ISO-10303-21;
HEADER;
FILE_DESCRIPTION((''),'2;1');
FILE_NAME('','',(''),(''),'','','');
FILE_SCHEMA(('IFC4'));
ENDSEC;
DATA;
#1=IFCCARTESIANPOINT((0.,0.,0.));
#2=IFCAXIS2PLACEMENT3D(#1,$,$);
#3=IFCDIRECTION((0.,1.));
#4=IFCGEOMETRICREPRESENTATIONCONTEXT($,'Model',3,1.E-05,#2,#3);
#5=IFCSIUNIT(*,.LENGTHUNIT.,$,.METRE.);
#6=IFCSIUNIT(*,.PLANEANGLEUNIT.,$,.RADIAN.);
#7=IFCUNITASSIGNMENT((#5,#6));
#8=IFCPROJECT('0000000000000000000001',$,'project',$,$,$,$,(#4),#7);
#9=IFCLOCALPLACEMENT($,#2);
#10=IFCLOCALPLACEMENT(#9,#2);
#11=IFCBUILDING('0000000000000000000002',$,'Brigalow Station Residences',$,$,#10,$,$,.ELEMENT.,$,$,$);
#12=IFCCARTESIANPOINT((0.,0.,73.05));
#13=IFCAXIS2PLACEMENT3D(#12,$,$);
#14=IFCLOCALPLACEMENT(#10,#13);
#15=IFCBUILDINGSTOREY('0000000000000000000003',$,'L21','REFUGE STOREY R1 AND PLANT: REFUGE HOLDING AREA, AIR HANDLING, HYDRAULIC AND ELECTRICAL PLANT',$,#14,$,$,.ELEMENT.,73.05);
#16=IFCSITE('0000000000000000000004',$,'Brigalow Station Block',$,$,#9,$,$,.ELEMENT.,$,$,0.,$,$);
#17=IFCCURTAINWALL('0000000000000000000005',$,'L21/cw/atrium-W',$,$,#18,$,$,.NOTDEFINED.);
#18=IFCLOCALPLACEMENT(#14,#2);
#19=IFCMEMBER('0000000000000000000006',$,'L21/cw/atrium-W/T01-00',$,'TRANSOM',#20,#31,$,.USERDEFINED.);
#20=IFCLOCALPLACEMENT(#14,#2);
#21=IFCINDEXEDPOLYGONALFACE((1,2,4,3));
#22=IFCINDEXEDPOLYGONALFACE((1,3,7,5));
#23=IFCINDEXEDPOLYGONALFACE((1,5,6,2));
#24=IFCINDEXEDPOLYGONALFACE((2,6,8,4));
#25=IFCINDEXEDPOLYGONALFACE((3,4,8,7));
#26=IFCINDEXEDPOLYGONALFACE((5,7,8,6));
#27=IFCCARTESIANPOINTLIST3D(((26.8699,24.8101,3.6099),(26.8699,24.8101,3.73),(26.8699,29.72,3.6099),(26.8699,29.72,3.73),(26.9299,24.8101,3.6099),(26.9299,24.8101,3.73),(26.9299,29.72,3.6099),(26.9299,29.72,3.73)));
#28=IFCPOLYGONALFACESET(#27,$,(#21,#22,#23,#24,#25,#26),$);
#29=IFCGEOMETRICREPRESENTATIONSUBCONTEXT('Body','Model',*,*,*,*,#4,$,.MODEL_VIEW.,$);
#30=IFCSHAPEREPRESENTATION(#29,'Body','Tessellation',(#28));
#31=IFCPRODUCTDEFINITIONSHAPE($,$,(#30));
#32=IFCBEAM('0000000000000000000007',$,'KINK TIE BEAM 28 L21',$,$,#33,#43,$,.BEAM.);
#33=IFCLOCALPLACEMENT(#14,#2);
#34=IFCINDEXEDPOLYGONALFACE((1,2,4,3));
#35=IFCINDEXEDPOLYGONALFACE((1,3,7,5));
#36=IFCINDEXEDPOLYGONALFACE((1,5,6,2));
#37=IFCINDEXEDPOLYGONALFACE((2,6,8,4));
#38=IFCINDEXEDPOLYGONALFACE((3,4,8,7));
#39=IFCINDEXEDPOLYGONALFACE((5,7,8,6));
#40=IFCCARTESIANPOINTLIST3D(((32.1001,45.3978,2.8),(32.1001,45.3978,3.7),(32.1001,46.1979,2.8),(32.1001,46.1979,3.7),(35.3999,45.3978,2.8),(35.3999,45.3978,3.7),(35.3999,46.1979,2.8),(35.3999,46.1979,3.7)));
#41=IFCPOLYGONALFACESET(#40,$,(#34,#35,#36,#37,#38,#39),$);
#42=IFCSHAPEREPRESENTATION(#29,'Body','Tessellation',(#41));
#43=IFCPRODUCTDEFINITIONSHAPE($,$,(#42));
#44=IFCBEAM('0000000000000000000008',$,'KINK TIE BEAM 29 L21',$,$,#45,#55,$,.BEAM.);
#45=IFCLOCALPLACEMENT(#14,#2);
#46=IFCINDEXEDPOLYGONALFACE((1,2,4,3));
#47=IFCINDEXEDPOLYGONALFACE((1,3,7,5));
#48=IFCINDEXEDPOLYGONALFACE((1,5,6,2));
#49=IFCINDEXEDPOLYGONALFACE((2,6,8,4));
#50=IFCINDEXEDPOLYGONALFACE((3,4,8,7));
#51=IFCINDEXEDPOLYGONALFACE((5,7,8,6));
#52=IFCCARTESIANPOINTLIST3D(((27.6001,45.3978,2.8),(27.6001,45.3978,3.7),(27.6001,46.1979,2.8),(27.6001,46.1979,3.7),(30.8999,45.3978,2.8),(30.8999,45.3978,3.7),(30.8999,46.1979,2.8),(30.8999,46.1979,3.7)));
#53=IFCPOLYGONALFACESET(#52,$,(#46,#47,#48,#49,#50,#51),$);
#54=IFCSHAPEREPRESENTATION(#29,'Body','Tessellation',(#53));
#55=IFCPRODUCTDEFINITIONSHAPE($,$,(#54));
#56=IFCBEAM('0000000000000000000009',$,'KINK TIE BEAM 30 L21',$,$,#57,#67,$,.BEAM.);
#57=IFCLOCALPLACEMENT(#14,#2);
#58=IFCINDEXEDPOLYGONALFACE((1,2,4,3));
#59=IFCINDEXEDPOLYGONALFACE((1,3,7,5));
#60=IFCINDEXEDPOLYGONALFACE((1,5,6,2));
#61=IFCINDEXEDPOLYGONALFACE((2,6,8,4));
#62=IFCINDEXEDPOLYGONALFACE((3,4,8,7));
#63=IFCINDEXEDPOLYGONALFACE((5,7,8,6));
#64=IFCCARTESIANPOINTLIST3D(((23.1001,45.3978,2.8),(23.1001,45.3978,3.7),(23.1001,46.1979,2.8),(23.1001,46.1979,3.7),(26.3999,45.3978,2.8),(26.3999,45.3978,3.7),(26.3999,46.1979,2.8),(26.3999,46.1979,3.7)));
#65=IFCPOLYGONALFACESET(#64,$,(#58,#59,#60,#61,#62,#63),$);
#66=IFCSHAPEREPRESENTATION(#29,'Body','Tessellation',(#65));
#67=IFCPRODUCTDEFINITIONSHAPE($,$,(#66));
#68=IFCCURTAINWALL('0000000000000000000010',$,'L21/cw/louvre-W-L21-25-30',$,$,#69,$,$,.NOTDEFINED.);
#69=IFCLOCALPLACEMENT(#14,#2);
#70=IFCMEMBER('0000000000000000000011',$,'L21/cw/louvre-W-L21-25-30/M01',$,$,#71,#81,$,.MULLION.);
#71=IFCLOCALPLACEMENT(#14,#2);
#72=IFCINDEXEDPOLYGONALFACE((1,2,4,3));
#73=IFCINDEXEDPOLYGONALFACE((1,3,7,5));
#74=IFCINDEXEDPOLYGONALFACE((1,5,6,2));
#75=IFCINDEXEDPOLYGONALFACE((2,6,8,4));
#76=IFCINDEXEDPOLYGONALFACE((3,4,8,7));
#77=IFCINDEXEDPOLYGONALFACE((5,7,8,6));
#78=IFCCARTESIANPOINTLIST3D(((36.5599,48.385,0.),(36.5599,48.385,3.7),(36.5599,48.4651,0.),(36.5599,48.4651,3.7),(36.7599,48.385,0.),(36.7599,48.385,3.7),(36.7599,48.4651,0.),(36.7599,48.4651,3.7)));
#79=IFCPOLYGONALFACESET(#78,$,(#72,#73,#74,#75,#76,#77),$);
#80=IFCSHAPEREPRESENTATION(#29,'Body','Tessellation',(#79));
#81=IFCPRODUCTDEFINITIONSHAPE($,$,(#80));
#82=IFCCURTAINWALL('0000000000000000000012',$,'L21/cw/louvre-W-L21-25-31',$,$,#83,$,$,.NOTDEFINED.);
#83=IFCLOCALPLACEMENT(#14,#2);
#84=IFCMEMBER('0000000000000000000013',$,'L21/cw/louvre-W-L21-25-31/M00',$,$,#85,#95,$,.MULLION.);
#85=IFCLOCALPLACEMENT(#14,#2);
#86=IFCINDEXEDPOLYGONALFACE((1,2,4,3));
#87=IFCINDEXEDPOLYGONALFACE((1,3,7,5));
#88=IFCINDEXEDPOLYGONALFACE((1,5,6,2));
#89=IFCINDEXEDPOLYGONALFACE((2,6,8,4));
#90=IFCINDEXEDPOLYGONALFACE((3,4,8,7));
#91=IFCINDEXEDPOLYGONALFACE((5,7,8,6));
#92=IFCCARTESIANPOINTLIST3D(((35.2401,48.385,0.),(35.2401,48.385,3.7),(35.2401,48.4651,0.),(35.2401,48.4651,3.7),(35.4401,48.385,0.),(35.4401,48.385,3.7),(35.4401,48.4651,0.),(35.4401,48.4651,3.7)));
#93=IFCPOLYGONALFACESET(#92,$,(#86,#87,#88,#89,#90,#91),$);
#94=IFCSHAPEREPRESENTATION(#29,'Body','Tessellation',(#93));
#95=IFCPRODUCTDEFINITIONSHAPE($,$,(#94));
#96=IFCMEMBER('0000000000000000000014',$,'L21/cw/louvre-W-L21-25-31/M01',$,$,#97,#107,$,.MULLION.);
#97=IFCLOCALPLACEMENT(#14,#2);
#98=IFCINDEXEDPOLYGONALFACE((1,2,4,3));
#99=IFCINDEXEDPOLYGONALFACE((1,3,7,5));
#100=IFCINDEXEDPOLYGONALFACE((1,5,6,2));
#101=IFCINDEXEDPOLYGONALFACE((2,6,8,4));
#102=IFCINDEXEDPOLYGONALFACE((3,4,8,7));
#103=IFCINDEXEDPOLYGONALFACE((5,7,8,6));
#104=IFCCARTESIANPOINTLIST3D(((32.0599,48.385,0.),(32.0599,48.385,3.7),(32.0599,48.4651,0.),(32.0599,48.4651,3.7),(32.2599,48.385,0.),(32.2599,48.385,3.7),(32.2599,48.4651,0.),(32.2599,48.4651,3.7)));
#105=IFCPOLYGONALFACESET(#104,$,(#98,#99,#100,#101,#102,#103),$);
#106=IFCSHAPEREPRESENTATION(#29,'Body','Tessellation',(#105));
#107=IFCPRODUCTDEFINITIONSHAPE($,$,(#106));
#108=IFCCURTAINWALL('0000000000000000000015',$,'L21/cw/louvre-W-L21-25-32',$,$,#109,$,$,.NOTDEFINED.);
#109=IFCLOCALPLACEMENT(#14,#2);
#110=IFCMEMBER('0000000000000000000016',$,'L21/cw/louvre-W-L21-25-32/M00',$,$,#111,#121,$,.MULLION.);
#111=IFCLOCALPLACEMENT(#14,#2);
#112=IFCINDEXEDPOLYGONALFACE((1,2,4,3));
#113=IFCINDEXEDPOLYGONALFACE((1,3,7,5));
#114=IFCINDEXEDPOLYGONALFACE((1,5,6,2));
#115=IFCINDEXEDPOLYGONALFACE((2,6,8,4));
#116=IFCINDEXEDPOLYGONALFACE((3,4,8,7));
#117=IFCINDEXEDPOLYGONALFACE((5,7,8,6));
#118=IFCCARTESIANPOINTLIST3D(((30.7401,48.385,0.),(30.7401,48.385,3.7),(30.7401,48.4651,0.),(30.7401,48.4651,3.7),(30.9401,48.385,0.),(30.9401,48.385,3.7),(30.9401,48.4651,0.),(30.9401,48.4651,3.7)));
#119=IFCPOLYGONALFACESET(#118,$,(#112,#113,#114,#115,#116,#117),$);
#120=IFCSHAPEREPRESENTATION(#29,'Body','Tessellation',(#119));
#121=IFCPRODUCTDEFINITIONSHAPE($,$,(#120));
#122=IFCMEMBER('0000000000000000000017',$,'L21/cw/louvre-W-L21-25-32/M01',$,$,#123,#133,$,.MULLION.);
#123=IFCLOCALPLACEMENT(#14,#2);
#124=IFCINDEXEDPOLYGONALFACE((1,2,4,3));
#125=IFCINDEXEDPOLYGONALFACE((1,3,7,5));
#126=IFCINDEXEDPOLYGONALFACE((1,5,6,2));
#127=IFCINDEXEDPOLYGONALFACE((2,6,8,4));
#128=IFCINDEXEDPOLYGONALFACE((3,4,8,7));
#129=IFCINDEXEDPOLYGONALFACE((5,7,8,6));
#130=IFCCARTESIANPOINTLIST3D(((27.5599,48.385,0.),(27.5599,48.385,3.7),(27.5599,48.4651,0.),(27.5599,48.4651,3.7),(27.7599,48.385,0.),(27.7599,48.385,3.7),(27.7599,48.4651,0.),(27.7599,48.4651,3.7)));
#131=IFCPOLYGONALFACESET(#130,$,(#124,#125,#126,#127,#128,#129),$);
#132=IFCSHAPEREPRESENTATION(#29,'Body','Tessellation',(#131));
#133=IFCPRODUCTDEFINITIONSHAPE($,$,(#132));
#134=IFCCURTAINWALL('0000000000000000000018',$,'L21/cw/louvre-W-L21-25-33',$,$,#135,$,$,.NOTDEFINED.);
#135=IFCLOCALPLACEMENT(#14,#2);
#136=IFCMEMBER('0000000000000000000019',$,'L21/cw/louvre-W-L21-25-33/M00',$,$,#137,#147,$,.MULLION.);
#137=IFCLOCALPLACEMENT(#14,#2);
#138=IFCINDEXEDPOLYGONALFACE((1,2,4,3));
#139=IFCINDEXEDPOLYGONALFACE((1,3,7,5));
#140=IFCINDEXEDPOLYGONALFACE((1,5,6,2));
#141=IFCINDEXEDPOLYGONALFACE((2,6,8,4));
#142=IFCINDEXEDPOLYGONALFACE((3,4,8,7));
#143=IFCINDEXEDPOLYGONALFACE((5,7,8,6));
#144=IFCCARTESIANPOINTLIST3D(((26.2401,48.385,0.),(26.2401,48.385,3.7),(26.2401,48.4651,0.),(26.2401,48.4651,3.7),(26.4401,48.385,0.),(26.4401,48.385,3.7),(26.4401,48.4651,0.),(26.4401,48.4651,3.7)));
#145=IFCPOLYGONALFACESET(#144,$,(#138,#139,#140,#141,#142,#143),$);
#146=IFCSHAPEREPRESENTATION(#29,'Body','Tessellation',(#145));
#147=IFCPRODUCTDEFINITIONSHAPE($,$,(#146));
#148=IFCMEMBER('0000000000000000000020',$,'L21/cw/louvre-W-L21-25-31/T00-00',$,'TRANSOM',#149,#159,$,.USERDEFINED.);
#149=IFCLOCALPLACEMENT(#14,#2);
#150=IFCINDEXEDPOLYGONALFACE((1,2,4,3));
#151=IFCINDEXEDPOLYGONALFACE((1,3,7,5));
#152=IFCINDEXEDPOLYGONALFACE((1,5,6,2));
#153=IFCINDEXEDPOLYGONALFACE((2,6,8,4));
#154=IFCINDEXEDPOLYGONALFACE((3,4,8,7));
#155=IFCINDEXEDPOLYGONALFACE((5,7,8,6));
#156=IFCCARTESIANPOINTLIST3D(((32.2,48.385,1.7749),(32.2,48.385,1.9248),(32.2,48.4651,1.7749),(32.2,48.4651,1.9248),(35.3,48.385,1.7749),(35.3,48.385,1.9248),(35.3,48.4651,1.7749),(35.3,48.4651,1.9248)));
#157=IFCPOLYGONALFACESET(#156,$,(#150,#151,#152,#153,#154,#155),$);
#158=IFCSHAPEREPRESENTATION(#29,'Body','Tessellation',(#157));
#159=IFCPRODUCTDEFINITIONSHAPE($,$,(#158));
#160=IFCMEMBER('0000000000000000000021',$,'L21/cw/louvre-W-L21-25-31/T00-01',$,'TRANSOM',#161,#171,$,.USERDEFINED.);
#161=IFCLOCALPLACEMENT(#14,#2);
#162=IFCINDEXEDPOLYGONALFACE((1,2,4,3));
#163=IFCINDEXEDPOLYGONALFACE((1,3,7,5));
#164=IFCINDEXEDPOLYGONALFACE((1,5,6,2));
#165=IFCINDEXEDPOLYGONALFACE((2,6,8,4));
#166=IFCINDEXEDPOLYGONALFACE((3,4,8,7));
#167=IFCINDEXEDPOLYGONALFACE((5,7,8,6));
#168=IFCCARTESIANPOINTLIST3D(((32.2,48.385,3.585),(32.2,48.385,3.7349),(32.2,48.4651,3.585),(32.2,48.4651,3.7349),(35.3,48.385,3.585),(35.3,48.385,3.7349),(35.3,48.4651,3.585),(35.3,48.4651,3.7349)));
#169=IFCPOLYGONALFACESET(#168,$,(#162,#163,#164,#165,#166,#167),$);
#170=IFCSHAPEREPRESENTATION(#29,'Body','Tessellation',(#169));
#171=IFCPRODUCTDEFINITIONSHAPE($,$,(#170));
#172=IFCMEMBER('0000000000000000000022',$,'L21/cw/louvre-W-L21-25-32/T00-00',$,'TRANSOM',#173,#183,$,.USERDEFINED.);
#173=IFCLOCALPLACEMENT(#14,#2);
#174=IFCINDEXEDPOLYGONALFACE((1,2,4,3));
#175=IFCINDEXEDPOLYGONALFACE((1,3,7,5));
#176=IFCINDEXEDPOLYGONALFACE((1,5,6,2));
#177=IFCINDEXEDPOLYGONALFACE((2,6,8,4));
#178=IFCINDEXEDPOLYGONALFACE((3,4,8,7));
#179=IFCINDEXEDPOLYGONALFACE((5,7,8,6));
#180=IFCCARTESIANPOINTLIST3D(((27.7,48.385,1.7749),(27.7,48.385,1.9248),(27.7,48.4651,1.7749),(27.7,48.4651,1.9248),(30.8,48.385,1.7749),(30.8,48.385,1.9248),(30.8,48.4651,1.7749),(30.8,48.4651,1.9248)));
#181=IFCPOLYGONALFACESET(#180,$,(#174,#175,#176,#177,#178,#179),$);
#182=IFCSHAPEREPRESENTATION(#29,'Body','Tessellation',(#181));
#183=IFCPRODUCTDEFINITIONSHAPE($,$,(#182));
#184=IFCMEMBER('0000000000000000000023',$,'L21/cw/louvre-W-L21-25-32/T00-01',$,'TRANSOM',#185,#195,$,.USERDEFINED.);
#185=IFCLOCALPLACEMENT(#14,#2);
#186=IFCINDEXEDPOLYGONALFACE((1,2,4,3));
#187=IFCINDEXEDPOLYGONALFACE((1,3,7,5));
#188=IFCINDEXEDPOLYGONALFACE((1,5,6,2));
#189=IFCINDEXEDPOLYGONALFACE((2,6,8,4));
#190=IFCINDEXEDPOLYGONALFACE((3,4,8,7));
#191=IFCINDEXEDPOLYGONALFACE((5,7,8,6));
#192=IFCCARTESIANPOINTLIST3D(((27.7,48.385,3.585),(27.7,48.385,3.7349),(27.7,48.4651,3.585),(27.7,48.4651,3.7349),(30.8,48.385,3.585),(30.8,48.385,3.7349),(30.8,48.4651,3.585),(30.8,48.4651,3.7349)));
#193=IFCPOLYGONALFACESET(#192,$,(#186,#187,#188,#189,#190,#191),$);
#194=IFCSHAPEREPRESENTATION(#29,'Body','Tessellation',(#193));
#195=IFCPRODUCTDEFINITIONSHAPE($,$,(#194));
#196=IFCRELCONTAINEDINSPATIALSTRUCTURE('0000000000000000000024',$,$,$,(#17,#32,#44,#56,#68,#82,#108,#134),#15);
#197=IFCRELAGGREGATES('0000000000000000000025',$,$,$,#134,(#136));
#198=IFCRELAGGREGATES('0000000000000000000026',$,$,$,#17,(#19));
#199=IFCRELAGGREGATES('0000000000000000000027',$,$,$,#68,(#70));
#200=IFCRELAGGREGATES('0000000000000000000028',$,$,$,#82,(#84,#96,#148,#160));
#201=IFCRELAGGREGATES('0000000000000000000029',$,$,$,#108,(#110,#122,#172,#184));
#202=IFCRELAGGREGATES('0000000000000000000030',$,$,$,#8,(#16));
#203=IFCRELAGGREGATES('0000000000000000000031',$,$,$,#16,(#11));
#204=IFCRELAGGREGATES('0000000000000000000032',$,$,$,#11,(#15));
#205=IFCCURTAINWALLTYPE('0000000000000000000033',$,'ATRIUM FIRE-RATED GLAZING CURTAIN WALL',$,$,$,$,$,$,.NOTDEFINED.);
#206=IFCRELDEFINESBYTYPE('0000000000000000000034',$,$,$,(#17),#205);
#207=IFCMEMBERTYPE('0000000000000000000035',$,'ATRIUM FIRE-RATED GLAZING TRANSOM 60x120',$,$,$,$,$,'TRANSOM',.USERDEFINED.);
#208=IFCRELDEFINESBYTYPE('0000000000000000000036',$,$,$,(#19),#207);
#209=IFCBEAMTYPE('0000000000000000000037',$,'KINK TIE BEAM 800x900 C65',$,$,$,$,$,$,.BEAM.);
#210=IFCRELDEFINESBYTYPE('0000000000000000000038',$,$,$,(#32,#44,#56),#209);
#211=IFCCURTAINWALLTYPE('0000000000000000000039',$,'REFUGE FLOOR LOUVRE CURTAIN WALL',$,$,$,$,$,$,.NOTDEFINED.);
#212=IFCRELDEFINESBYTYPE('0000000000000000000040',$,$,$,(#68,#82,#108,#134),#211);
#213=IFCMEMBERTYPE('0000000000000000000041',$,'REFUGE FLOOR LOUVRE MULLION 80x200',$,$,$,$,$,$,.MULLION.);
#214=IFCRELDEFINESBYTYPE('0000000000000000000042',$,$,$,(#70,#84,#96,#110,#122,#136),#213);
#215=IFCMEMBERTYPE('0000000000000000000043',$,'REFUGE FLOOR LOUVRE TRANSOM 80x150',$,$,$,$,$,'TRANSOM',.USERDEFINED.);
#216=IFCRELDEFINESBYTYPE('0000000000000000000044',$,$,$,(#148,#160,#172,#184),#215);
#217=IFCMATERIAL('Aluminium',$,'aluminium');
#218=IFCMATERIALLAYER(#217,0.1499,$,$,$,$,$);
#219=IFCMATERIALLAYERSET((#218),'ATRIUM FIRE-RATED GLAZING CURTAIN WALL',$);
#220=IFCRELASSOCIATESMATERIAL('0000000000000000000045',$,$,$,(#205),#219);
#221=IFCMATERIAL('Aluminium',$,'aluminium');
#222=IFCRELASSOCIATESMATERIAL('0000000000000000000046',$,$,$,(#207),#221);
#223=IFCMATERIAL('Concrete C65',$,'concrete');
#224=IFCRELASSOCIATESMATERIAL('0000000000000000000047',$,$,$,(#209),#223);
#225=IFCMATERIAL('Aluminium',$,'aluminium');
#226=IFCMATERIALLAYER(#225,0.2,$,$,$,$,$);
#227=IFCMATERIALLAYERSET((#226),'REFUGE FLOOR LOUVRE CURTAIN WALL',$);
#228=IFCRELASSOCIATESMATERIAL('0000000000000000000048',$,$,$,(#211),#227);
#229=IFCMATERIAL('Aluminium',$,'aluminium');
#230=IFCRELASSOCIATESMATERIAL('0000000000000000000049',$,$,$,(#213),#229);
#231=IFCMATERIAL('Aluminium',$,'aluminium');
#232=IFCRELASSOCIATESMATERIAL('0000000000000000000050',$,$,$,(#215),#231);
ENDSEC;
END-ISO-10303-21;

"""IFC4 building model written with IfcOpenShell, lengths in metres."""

from ifc_helpers import new_model, si_unit, direction, frame, origin, origin_2d, place, context, subcontext, project, spatial, rectangle, extrude, material, layer, layer_set, material_profile, profile_set, type_object, element, aggregate, save


model = new_model("IFC4")

# Units and contexts
model_context = context("Model", 3, precision=1e-05, world=origin(), true_north=direction((0.0, 1.0)))
body_context = subcontext(model_context, "Body", "Model", "MODEL_VIEW")
ifc_project = project(units=[si_unit("LENGTHUNIT", "METRE"), si_unit("PLANEANGLEUNIT", "RADIAN")], contexts=[model_context])

# Site, building, storey
site_placement = place(None, origin())
site = spatial("IfcSite", under=ifc_project, at=site_placement, Name="Brigalow Station Block", CompositionType="ELEMENT", RefElevation=0.0)
building_placement = place(site_placement, origin())
building = spatial("IfcBuilding", under=site, at=building_placement, Name="Brigalow Station Residences", CompositionType="ELEMENT")
storey_placement = place(building_placement, frame((0.0, 0.0, 73.05)))
storey = spatial("IfcBuildingStorey", under=building, at=storey_placement, Name="L21", Description="REFUGE STOREY R1 AND PLANT: REFUGE HOLDING AREA, AIR HANDLING, HYDRAULIC AND ELECTRICAL PLANT", CompositionType="ELEMENT", Elevation=73.05)

# Curtain wall
ifc_material_1 = material(Name="Aluminium", Category="aluminium")
ifc_layer_1 = layer(ifc_material_1, 0.1499)
ifc_layer_set_1 = layer_set([ifc_layer_1], Name="ATRIUM FIRE-RATED GLAZING CURTAIN WALL")
curtain_wall_type_1 = type_object("IfcCurtainWallType", Name="ATRIUM FIRE-RATED GLAZING CURTAIN WALL", PredefinedType="NOTDEFINED", material=ifc_layer_set_1)
curtain_wall_1_placement = place(storey_placement, origin())
curtain_wall_1 = element("IfcCurtainWall", 1, at=curtain_wall_1_placement, inside=storey, type_object=curtain_wall_type_1, Name="L21/cw/atrium-W", PredefinedType="NOTDEFINED")

# Member
ifc_material_2 = material(Name="Aluminium", Category="aluminium")
ifc_material_profile_1 = material_profile(ifc_material_2, rectangle(XDim=0.0601, YDim=0.1201, at=origin_2d()), Name="ATRIUM FIRE-RATED GLAZING TRANSOM 60x120")
ifc_profile_set_1 = profile_set([ifc_material_profile_1], Name="Aluminium")
member_type_1 = type_object("IfcMemberType", Name="ATRIUM FIRE-RATED GLAZING TRANSOM 60x120", ElementType="TRANSOM", PredefinedType="USERDEFINED", material=ifc_profile_set_1)
member_1_placement = place(storey_placement, frame((26.8999, 29.72, 3.6699), z_axis=(0.0, -1.0, 0.0), x_axis=(1.0, 0.0, 0.0)))
member_1 = element("IfcMember", 2, at=member_1_placement, type_object=member_type_1, Name="L21/cw/atrium-W/T01-00", ObjectType="TRANSOM", PredefinedType="USERDEFINED", context=body_context, shape_type="SweptSolid", body=[
    extrude(rectangle(XDim=0.0601, YDim=0.1201, at=origin_2d()), origin(), (0.0, 0.0, 1.0), 4.9099),
])

# Beams
ifc_material_3 = material(Name="Concrete C65", Category="concrete")
ifc_material_profile_2 = material_profile(ifc_material_3, rectangle(XDim=0.8, YDim=0.8999, at=origin_2d()), Name="RC800x900")
ifc_profile_set_2 = profile_set([ifc_material_profile_2], Name="Concrete C65")
beam_type_1 = type_object("IfcBeamType", Name="KINK TIE BEAM 800x900 C65", PredefinedType="BEAM", material=ifc_profile_set_2)
for number, where, z_axis, x_axis, name in (
    (3, (35.3999, 45.7979, 3.25), (-1.0, 0.0, 0.0), (0.0, -1.0, 0.0), "KINK TIE BEAM 28 L21"),
    (4, (30.8999, 45.7979, 3.25), (-1.0, 0.0, 0.0), (0.0, -1.0, 0.0), "KINK TIE BEAM 29 L21"),
    (5, (26.3999, 45.7979, 3.25), (-1.0, 0.0, 0.0), (0.0, -1.0, 0.0), "KINK TIE BEAM 30 L21"),
):
    element("IfcBeam", number, at=place(storey_placement, frame(where, z_axis=z_axis, x_axis=x_axis)), inside=storey, type_object=beam_type_1, Name=name, PredefinedType="BEAM", context=body_context, shape_type="SweptSolid", body=[
        extrude(rectangle(XDim=0.8, YDim=0.8999, at=origin_2d()), origin(), (0.0, 0.0, 1.0), 3.2998),
    ])

# Curtain wall, member
ifc_material_4 = material(Name="Aluminium", Category="aluminium")
ifc_layer_2 = layer(ifc_material_4, 0.2)
ifc_layer_set_2 = layer_set([ifc_layer_2], Name="REFUGE FLOOR LOUVRE CURTAIN WALL")
curtain_wall_type_2 = type_object("IfcCurtainWallType", Name="REFUGE FLOOR LOUVRE CURTAIN WALL", PredefinedType="NOTDEFINED", material=ifc_layer_set_2)
curtain_wall_2_placement = place(storey_placement, origin())
curtain_wall_2 = element("IfcCurtainWall", 6, at=curtain_wall_2_placement, inside=storey, type_object=curtain_wall_type_2, Name="L21/cw/louvre-W-L21-25-30", PredefinedType="NOTDEFINED")
ifc_material_5 = material(Name="Aluminium", Category="aluminium")
ifc_material_profile_3 = material_profile(ifc_material_5, rectangle(XDim=0.0801, YDim=0.2, at=origin_2d()), Name="REFUGE FLOOR LOUVRE MULLION 80x200")
ifc_profile_set_3 = profile_set([ifc_material_profile_3], Name="Aluminium")
member_type_2 = type_object("IfcMemberType", Name="REFUGE FLOOR LOUVRE MULLION 80x200", PredefinedType="MULLION", material=ifc_profile_set_3)
member_2_placement = place(storey_placement, frame((36.6599, 48.425, 0.0), z_axis=(0.0, 0.0, 1.0), x_axis=(0.0, -1.0, 0.0)))
member_2 = element("IfcMember", 7, at=member_2_placement, type_object=member_type_2, Name="L21/cw/louvre-W-L21-25-30/M01", PredefinedType="MULLION", context=body_context, shape_type="SweptSolid", body=[
    extrude(rectangle(XDim=0.0801, YDim=0.2, at=origin_2d()), origin(), (0.0, 0.0, 1.0), 3.7),
])

# Curtain walls, members
curtain_wall_3_placement = place(storey_placement, origin())
curtain_wall_3 = element("IfcCurtainWall", 8, at=curtain_wall_3_placement, inside=storey, type_object=curtain_wall_type_2, Name="L21/cw/louvre-W-L21-25-31", PredefinedType="NOTDEFINED")
member_3_placement = place(storey_placement, frame((35.3401, 48.425, 0.0), z_axis=(0.0, 0.0, 1.0), x_axis=(0.0, -1.0, 0.0)))
member_3 = element("IfcMember", 9, at=member_3_placement, type_object=member_type_2, Name="L21/cw/louvre-W-L21-25-31/M00", PredefinedType="MULLION", context=body_context, shape_type="SweptSolid", body=[
    extrude(rectangle(XDim=0.0801, YDim=0.2, at=origin_2d()), origin(), (0.0, 0.0, 1.0), 3.7),
])
member_4_placement = place(storey_placement, frame((32.1599, 48.425, 0.0), z_axis=(0.0, 0.0, 1.0), x_axis=(0.0, -1.0, 0.0)))
member_4 = element("IfcMember", 10, at=member_4_placement, type_object=member_type_2, Name="L21/cw/louvre-W-L21-25-31/M01", PredefinedType="MULLION", context=body_context, shape_type="SweptSolid", body=[
    extrude(rectangle(XDim=0.0801, YDim=0.2, at=origin_2d()), origin(), (0.0, 0.0, 1.0), 3.7),
])
curtain_wall_4_placement = place(storey_placement, origin())
curtain_wall_4 = element("IfcCurtainWall", 11, at=curtain_wall_4_placement, inside=storey, type_object=curtain_wall_type_2, Name="L21/cw/louvre-W-L21-25-32", PredefinedType="NOTDEFINED")
member_5_placement = place(storey_placement, frame((30.8401, 48.425, 0.0), z_axis=(0.0, 0.0, 1.0), x_axis=(0.0, -1.0, 0.0)))
member_5 = element("IfcMember", 12, at=member_5_placement, type_object=member_type_2, Name="L21/cw/louvre-W-L21-25-32/M00", PredefinedType="MULLION", context=body_context, shape_type="SweptSolid", body=[
    extrude(rectangle(XDim=0.0801, YDim=0.2, at=origin_2d()), origin(), (0.0, 0.0, 1.0), 3.7),
])
member_6_placement = place(storey_placement, frame((27.6599, 48.425, 0.0), z_axis=(0.0, 0.0, 1.0), x_axis=(0.0, -1.0, 0.0)))
member_6 = element("IfcMember", 13, at=member_6_placement, type_object=member_type_2, Name="L21/cw/louvre-W-L21-25-32/M01", PredefinedType="MULLION", context=body_context, shape_type="SweptSolid", body=[
    extrude(rectangle(XDim=0.0801, YDim=0.2, at=origin_2d()), origin(), (0.0, 0.0, 1.0), 3.7),
])

# Curtain wall, member
curtain_wall_5_placement = place(storey_placement, origin())
curtain_wall_5 = element("IfcCurtainWall", 14, at=curtain_wall_5_placement, inside=storey, type_object=curtain_wall_type_2, Name="L21/cw/louvre-W-L21-25-33", PredefinedType="NOTDEFINED")
member_7_placement = place(storey_placement, frame((26.3401, 48.425, 0.0), z_axis=(0.0, 0.0, 1.0), x_axis=(0.0, -1.0, 0.0)))
member_7 = element("IfcMember", 15, at=member_7_placement, type_object=member_type_2, Name="L21/cw/louvre-W-L21-25-33/M00", PredefinedType="MULLION", context=body_context, shape_type="SweptSolid", body=[
    extrude(rectangle(XDim=0.0801, YDim=0.2, at=origin_2d()), origin(), (0.0, 0.0, 1.0), 3.7),
])
aggregate(curtain_wall_5, [member_7])

# Members
ifc_material_6 = material(Name="Aluminium", Category="aluminium")
ifc_material_profile_4 = material_profile(ifc_material_6, rectangle(XDim=0.0801, YDim=0.1499, at=origin_2d()), Name="REFUGE FLOOR LOUVRE TRANSOM 80x150")
ifc_profile_set_4 = profile_set([ifc_material_profile_4], Name="Aluminium")
member_type_3 = type_object("IfcMemberType", Name="REFUGE FLOOR LOUVRE TRANSOM 80x150", ElementType="TRANSOM", PredefinedType="USERDEFINED", material=ifc_profile_set_4)
member_8_placement = place(storey_placement, frame((35.3, 48.425, 1.8499), z_axis=(-1.0, 0.0, 0.0), x_axis=(0.0, -1.0, 0.0)))
member_8 = element("IfcMember", 16, at=member_8_placement, type_object=member_type_3, Name="L21/cw/louvre-W-L21-25-31/T00-00", ObjectType="TRANSOM", PredefinedType="USERDEFINED", context=body_context, shape_type="SweptSolid", body=[
    extrude(rectangle(XDim=0.0801, YDim=0.1499, at=origin_2d()), origin(), (0.0, 0.0, 1.0), 3.1001),
])
member_9_placement = place(storey_placement, frame((35.3, 48.425, 3.6599), z_axis=(-1.0, 0.0, 0.0), x_axis=(0.0, -1.0, 0.0)))
member_9 = element("IfcMember", 17, at=member_9_placement, type_object=member_type_3, Name="L21/cw/louvre-W-L21-25-31/T00-01", ObjectType="TRANSOM", PredefinedType="USERDEFINED", context=body_context, shape_type="SweptSolid", body=[
    extrude(rectangle(XDim=0.0801, YDim=0.1499, at=origin_2d()), origin(), (0.0, 0.0, 1.0), 3.1001),
])
member_10_placement = place(storey_placement, frame((30.8, 48.425, 1.8499), z_axis=(-1.0, 0.0, 0.0), x_axis=(0.0, -1.0, 0.0)))
member_10 = element("IfcMember", 18, at=member_10_placement, type_object=member_type_3, Name="L21/cw/louvre-W-L21-25-32/T00-00", ObjectType="TRANSOM", PredefinedType="USERDEFINED", context=body_context, shape_type="SweptSolid", body=[
    extrude(rectangle(XDim=0.0801, YDim=0.1499, at=origin_2d()), origin(), (0.0, 0.0, 1.0), 3.1001),
])
member_11_placement = place(storey_placement, frame((30.8, 48.425, 3.6599), z_axis=(-1.0, 0.0, 0.0), x_axis=(0.0, -1.0, 0.0)))
member_11 = element("IfcMember", 19, at=member_11_placement, type_object=member_type_3, Name="L21/cw/louvre-W-L21-25-32/T00-01", ObjectType="TRANSOM", PredefinedType="USERDEFINED", context=body_context, shape_type="SweptSolid", body=[
    extrude(rectangle(XDim=0.0801, YDim=0.1499, at=origin_2d()), origin(), (0.0, 0.0, 1.0), 3.1001),
])

aggregate(curtain_wall_1, [member_1])
aggregate(curtain_wall_2, [member_2])
aggregate(curtain_wall_3, [member_3, member_4, member_8, member_9])
aggregate(curtain_wall_4, [member_5, member_6, member_10, member_11])

save(model, "model.ifc")
